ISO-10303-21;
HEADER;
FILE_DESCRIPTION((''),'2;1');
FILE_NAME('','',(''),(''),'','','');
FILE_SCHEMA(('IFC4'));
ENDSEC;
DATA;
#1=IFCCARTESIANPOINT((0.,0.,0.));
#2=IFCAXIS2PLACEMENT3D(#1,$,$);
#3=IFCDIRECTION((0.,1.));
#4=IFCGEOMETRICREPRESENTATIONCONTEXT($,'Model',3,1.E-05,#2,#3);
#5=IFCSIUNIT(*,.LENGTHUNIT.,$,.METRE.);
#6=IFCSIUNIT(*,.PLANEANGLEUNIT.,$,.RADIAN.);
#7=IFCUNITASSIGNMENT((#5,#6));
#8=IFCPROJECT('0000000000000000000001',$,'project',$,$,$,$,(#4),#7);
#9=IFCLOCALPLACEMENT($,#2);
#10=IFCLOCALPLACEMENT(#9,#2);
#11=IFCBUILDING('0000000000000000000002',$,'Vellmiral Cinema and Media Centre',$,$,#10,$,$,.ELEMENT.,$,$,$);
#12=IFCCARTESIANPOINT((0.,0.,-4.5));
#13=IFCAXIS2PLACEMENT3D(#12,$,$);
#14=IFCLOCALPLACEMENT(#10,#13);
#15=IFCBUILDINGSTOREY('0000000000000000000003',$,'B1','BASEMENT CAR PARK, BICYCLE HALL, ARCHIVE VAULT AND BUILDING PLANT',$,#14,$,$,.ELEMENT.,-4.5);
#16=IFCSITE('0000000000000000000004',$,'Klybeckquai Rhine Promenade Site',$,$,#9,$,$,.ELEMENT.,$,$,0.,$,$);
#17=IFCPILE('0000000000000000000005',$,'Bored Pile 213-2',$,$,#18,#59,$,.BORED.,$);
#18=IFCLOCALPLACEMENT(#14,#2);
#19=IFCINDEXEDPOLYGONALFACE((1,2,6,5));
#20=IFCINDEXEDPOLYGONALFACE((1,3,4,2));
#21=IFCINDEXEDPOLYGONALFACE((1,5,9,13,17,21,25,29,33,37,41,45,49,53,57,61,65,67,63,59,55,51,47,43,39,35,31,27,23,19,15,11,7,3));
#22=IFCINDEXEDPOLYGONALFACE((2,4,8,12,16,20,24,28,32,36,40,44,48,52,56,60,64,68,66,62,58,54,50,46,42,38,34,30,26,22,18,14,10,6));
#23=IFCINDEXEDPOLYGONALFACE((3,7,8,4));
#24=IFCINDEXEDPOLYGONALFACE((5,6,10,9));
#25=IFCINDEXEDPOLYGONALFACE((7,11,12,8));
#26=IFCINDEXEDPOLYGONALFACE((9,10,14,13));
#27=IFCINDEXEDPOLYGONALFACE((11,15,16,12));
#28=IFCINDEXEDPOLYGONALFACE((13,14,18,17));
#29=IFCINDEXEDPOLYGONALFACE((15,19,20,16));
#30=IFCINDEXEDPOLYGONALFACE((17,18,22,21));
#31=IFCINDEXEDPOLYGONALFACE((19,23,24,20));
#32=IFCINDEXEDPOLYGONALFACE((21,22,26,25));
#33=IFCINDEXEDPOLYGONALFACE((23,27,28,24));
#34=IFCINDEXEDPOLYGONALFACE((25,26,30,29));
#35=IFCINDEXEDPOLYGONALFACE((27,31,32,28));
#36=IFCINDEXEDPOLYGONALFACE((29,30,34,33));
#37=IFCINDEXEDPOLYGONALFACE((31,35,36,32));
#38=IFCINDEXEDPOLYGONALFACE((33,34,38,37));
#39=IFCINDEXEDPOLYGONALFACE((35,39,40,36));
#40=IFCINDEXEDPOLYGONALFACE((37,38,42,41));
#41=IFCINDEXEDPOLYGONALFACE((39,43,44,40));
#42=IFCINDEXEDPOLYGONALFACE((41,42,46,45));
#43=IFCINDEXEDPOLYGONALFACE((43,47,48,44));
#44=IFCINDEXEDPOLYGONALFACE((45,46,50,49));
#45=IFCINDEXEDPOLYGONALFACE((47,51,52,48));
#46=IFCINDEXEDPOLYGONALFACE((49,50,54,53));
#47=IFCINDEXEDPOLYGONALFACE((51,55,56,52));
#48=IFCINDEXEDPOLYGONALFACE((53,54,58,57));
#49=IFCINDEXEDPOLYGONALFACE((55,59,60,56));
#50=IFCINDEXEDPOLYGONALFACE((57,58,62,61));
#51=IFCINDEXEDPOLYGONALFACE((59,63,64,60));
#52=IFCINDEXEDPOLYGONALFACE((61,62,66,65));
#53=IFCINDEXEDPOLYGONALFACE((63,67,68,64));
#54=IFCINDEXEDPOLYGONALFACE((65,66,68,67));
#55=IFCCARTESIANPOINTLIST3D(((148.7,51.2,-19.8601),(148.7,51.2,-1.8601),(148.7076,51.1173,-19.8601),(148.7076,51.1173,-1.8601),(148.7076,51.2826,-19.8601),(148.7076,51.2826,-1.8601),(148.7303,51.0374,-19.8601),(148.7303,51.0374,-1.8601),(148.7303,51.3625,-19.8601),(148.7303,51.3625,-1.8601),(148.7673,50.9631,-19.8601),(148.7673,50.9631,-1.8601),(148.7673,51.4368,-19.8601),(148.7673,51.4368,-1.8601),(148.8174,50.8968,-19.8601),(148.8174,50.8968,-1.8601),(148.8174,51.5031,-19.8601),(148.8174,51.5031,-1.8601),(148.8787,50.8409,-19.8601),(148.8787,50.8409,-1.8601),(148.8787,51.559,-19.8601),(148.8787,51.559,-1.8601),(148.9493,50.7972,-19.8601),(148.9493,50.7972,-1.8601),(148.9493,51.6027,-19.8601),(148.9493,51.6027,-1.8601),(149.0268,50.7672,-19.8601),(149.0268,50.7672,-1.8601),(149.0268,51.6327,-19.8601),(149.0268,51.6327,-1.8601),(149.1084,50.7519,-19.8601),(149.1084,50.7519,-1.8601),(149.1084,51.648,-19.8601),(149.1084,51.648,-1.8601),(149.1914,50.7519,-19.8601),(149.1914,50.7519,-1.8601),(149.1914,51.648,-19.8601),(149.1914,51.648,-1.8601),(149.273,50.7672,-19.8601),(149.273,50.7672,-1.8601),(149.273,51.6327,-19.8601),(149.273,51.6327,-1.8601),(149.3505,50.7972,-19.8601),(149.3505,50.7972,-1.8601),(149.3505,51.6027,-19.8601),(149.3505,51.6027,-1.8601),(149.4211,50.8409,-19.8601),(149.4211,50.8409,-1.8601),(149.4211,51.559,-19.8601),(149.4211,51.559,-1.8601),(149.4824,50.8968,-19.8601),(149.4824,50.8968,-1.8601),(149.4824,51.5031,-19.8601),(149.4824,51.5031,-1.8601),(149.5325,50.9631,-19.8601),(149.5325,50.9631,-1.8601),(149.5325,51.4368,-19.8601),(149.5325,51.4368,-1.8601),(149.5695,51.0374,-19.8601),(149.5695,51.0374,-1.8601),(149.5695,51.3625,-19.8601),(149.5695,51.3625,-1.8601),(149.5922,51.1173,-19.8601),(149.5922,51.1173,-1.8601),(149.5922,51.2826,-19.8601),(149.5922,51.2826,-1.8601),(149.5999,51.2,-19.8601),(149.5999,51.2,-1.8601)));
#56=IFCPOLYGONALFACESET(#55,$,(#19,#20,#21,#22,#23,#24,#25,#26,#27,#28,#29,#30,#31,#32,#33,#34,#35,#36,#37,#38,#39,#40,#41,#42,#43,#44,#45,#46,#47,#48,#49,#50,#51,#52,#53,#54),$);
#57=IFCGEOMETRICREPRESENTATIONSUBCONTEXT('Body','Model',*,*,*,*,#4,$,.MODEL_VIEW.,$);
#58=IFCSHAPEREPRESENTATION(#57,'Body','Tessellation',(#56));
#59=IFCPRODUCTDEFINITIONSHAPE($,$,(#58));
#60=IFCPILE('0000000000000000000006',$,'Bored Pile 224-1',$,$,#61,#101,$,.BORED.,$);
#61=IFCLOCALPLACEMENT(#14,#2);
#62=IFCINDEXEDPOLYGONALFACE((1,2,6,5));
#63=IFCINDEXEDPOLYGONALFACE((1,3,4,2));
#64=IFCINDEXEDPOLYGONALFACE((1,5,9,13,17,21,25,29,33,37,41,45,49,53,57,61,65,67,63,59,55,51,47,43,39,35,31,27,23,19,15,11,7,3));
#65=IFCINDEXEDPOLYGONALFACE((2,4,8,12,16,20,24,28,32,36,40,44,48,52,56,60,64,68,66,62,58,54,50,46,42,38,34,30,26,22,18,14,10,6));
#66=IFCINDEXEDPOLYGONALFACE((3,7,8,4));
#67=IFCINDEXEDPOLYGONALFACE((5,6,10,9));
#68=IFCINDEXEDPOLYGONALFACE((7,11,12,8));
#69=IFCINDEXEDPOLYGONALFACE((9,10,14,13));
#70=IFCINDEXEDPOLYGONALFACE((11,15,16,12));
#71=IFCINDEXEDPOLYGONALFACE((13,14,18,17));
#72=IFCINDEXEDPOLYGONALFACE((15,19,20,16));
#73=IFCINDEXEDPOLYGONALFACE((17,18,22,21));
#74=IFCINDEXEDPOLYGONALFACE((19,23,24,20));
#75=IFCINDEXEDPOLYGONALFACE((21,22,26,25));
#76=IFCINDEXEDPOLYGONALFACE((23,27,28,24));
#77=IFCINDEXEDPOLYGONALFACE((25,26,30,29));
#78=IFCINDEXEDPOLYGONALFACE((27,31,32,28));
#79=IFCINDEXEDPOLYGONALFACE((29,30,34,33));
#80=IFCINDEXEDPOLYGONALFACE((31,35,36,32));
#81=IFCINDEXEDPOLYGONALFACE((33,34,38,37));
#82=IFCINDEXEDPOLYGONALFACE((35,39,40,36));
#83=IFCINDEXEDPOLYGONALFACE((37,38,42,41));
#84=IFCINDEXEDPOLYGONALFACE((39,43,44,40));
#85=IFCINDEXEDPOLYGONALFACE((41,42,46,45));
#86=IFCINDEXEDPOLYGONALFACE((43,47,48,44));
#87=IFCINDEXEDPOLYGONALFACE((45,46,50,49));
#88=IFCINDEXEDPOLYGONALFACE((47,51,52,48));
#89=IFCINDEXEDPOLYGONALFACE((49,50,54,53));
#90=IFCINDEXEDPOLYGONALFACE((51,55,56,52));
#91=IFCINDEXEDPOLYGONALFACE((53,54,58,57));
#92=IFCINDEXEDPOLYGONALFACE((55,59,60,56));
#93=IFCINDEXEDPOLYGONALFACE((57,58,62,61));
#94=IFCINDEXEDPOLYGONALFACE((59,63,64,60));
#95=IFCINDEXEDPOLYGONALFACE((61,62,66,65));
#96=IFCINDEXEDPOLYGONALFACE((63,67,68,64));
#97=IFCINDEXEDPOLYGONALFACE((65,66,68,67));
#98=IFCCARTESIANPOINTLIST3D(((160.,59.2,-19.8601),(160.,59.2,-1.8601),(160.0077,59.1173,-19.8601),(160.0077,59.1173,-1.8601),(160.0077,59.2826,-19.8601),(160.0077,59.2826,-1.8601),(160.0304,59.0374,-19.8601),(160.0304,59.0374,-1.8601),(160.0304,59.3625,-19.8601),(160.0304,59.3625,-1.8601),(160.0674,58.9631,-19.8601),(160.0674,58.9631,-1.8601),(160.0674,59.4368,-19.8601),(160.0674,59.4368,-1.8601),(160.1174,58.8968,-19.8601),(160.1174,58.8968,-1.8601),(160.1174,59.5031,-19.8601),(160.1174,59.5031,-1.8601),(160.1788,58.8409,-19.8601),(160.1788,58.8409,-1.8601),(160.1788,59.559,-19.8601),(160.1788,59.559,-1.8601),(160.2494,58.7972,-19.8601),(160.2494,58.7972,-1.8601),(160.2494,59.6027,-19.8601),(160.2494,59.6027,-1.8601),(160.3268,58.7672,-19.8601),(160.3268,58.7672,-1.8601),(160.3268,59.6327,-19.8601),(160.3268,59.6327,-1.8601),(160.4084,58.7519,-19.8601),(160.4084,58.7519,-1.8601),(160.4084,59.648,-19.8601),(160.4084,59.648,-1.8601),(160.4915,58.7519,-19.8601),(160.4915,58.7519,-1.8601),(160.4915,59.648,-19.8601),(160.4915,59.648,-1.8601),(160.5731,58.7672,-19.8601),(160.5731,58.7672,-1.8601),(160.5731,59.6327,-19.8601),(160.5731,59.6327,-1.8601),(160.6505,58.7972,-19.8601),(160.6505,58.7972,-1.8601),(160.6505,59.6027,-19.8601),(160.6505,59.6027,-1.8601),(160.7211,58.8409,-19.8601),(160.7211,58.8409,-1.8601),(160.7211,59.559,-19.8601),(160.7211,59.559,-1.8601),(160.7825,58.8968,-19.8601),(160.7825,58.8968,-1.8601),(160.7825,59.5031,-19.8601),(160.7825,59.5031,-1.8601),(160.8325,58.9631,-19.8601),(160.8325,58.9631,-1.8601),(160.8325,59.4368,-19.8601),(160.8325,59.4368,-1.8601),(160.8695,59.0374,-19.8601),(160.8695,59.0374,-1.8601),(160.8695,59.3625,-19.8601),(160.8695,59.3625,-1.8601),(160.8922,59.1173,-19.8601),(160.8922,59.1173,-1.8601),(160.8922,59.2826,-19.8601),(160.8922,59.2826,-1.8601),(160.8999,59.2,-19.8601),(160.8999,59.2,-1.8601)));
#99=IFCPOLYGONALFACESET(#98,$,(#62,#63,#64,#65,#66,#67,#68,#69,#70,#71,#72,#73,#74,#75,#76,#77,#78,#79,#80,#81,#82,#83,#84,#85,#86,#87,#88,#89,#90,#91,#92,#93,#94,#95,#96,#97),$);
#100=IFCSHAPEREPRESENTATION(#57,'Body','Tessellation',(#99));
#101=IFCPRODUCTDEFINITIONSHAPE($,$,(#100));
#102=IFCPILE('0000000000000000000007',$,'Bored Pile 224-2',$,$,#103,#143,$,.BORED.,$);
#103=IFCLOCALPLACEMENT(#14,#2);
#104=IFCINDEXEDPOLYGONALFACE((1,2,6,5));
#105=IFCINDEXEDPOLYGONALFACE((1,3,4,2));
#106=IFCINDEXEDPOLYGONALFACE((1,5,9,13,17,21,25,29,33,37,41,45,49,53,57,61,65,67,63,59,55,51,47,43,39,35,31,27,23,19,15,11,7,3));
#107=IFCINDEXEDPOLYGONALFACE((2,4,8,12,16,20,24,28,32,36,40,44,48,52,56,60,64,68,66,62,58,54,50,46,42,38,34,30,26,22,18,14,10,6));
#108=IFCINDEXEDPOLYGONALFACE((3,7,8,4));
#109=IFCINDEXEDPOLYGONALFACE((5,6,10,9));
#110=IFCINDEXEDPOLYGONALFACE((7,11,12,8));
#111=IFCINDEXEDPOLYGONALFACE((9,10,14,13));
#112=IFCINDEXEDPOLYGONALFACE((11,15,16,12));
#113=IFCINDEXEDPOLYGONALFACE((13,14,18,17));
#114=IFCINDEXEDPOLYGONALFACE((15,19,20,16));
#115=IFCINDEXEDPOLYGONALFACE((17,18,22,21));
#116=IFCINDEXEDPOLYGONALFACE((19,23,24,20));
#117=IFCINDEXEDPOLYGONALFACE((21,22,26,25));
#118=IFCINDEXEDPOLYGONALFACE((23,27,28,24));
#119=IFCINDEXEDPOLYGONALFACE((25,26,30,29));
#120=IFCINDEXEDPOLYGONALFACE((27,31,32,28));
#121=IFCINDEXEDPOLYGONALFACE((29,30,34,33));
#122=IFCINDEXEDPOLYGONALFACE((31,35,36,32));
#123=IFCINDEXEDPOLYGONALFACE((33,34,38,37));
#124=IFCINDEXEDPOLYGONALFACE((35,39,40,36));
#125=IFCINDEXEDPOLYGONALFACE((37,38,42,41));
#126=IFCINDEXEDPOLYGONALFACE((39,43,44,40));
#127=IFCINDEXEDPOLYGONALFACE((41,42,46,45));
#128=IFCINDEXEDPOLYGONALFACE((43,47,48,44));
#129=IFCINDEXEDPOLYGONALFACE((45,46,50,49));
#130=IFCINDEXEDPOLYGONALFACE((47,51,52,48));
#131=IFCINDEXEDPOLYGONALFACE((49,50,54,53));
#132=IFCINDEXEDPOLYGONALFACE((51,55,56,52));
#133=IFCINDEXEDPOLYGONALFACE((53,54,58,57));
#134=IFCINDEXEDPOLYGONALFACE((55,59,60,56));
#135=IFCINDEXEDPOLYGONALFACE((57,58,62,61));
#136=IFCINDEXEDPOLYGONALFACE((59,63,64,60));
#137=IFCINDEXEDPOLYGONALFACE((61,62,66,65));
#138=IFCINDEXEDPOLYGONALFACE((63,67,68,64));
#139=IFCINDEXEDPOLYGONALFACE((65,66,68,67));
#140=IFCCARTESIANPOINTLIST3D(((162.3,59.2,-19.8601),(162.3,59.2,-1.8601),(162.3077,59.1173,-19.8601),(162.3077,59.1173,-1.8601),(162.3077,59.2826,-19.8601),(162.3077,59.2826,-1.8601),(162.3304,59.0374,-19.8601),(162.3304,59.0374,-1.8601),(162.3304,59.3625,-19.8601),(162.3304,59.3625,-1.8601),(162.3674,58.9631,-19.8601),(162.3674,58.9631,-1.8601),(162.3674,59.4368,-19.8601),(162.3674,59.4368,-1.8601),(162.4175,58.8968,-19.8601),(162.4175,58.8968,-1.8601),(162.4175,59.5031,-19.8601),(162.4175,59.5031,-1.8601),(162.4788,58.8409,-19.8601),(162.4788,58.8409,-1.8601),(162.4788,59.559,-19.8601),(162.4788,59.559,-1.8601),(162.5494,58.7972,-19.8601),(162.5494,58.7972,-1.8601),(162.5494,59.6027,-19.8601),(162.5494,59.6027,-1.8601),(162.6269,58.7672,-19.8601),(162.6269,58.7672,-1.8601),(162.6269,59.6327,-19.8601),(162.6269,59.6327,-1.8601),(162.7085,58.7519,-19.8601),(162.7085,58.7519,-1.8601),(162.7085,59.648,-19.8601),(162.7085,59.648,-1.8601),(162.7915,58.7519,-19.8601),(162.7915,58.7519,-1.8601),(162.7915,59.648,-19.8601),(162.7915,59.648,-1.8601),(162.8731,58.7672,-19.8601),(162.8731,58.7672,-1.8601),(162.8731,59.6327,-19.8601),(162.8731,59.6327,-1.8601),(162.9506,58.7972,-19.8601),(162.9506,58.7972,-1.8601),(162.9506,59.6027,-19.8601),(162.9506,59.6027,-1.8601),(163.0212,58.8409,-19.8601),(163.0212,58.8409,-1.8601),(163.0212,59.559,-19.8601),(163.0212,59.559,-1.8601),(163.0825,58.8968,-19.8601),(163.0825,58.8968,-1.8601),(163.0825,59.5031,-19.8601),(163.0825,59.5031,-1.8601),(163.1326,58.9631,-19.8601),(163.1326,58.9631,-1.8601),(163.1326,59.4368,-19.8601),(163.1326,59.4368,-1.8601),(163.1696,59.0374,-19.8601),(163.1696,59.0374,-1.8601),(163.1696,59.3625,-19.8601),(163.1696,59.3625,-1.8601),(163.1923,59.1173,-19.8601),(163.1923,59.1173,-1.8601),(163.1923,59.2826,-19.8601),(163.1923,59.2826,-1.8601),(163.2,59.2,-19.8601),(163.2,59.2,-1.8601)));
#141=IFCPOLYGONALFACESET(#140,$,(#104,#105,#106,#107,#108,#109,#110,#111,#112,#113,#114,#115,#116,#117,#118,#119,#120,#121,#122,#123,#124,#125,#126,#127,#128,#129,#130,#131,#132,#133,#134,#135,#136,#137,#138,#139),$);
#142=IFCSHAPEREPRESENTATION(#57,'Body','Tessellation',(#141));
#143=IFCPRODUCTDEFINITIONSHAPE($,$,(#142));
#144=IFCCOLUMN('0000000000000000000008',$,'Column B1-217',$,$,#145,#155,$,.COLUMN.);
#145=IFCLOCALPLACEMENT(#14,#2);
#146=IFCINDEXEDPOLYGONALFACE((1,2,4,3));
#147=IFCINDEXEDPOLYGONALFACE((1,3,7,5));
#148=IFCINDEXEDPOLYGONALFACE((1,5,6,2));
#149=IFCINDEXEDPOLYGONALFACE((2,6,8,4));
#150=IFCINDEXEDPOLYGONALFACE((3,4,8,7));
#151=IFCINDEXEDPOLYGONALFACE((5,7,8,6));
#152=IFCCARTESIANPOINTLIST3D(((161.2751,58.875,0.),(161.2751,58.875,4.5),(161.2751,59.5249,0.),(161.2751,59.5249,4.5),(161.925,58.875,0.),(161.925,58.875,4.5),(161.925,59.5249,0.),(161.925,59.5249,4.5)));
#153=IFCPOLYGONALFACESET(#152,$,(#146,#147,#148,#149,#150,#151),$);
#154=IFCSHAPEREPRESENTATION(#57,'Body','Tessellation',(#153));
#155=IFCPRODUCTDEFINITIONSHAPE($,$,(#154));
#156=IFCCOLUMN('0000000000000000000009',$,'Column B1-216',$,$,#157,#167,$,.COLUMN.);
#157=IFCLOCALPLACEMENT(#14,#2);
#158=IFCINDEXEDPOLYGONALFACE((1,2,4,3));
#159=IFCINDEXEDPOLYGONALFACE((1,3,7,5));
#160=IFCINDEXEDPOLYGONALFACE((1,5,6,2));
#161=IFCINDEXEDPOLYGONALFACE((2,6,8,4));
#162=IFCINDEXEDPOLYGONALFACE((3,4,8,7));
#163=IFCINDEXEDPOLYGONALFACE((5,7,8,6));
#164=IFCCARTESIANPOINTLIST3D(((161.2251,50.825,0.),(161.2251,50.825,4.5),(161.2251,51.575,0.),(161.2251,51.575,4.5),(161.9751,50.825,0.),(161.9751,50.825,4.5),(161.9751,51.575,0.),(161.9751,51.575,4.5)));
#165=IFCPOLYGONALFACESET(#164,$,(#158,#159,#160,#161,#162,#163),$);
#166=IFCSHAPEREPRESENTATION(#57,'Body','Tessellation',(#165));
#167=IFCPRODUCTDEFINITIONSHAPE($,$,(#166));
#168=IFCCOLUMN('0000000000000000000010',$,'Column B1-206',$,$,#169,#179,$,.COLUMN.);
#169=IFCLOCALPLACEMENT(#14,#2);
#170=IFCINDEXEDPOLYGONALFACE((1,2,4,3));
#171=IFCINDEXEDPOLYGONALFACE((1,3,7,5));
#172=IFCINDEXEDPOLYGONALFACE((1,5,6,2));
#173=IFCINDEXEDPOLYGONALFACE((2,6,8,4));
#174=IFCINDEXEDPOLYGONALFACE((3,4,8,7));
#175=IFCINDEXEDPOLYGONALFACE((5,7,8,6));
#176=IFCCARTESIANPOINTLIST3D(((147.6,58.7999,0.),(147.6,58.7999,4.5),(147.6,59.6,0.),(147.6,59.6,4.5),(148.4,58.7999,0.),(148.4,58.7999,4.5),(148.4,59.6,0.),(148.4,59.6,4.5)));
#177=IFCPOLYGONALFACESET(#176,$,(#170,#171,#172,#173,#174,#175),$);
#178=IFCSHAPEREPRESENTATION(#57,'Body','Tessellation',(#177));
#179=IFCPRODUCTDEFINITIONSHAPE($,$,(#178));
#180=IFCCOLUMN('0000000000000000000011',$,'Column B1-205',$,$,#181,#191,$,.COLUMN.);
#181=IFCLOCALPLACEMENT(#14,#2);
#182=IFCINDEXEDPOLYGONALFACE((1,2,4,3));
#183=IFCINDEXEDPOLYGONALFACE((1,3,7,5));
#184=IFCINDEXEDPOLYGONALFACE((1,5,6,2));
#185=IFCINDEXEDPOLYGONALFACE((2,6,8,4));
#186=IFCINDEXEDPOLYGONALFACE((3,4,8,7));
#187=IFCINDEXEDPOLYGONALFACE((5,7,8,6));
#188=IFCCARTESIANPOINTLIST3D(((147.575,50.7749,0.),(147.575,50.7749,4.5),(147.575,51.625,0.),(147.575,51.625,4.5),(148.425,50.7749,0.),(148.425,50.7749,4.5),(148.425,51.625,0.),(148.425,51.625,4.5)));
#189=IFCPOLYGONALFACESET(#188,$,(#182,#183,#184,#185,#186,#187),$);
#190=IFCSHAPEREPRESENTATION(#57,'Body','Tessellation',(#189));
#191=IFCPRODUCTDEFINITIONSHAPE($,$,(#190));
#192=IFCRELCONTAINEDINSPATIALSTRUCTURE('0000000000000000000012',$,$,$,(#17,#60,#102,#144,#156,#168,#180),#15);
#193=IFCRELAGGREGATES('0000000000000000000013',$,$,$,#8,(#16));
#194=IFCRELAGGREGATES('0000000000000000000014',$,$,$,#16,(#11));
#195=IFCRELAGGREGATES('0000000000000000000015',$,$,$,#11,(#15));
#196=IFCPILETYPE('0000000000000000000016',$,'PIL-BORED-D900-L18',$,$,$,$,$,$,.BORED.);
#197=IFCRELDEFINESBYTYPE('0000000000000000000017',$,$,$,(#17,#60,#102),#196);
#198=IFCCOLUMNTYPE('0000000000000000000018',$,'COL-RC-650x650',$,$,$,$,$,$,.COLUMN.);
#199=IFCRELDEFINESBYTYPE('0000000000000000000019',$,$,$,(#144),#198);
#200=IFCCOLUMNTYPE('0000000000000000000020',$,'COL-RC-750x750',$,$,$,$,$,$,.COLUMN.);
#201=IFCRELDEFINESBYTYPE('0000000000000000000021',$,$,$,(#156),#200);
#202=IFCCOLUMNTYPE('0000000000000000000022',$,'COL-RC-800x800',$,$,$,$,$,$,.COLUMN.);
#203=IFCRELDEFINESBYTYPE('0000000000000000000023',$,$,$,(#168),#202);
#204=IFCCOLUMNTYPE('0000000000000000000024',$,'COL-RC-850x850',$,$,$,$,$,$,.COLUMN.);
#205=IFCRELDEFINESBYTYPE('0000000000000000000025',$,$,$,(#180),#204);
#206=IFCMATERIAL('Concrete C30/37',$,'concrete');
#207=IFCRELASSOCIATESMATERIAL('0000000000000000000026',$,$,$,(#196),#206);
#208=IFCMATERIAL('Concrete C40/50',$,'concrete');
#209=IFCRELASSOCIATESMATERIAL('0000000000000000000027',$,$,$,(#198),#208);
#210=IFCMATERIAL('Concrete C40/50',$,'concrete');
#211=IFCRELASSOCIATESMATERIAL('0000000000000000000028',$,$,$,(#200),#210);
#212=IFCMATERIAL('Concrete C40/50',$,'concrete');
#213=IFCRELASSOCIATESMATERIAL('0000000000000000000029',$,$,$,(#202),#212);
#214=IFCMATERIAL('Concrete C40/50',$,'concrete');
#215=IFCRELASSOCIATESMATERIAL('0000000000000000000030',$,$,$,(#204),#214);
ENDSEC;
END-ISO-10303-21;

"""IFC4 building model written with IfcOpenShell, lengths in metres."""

from ifc_helpers import new_model, si_unit, direction, frame, origin, origin_2d, place, context, subcontext, project, spatial, rectangle, circle, extrude, material, material_profile, profile_set, type_object, element, save


model = new_model("IFC4")

# Units and contexts
model_context = context("Model", 3, precision=1e-05, world=origin(), true_north=direction((0.0, 1.0)))
body_context = subcontext(model_context, "Body", "Model", "MODEL_VIEW")
ifc_project = project(units=[si_unit("LENGTHUNIT", "METRE"), si_unit("PLANEANGLEUNIT", "RADIAN")], contexts=[model_context])

# Site, building, storey
site_placement = place(None, origin())
site = spatial("IfcSite", under=ifc_project, at=site_placement, Name="Klybeckquai Rhine Promenade Site", CompositionType="ELEMENT", RefElevation=0.0)
building_placement = place(site_placement, origin())
building = spatial("IfcBuilding", under=site, at=building_placement, Name="Vellmiral Cinema and Media Centre", CompositionType="ELEMENT")
storey_placement = place(building_placement, frame((0.0, 0.0, -4.5)))
storey = spatial("IfcBuildingStorey", under=building, at=storey_placement, Name="B1", Description="BASEMENT CAR PARK, BICYCLE HALL, ARCHIVE VAULT AND BUILDING PLANT", CompositionType="ELEMENT", Elevation=-4.5)

# Piles
ifc_material_1 = material(Name="Concrete C30/37", Category="concrete")
ifc_material_profile_1 = material_profile(ifc_material_1, circle(Radius=0.45, at=origin_2d()), Name="PILE D900")
ifc_profile_set_1 = profile_set([ifc_material_profile_1], Name="Concrete C30/37")
pile_type_1 = type_object("IfcPileType", Name="PIL-BORED-D900-L18", PredefinedType="BORED", material=ifc_profile_set_1)
for number, where, z_axis, x_axis, name in (
    (1, (149.1499, 51.2, -1.8601), (0.0, 0.0, -1.0), (1.0, 0.0, 0.0), "Bored Pile 213-2"),
    (2, (160.45, 59.2, -1.8601), (0.0, 0.0, -1.0), (1.0, 0.0, 0.0), "Bored Pile 224-1"),
    (3, (162.75, 59.2, -1.8601), (0.0, 0.0, -1.0), (1.0, 0.0, 0.0), "Bored Pile 224-2"),
):
    element("IfcPile", number, at=place(storey_placement, frame(where, z_axis=z_axis, x_axis=x_axis)), inside=storey, type_object=pile_type_1, Name=name, PredefinedType="BORED", context=body_context, shape_type="SweptSolid", body=[
        extrude(circle(Radius=0.45, at=origin_2d()), origin(), (0.0, 0.0, 1.0), 18.0),
    ])

# Columns
ifc_material_2 = material(Name="Concrete C40/50", Category="concrete")
ifc_material_profile_2 = material_profile(ifc_material_2, rectangle(XDim=0.6499, YDim=0.6499, at=origin_2d()), Name="RC 650x650")
ifc_profile_set_2 = profile_set([ifc_material_profile_2], Name="Concrete C40/50")
column_type_1 = type_object("IfcColumnType", Name="COL-RC-650x650", PredefinedType="COLUMN", material=ifc_profile_set_2)
column_1_placement = place(storey_placement, frame((161.6001, 59.2, 0.0), z_axis=(0.0, 0.0, 1.0), x_axis=(1.0, 0.0, 0.0)))
element("IfcColumn", 4, at=column_1_placement, inside=storey, type_object=column_type_1, Name="Column B1-217", PredefinedType="COLUMN", context=body_context, shape_type="SweptSolid", body=[
    extrude(rectangle(XDim=0.6499, YDim=0.6499, at=origin_2d()), origin(), (0.0, 0.0, 1.0), 4.5),
])
ifc_material_3 = material(Name="Concrete C40/50", Category="concrete")
ifc_material_profile_3 = material_profile(ifc_material_3, rectangle(XDim=0.75, YDim=0.75, at=origin_2d()), Name="RC 750x750")
ifc_profile_set_3 = profile_set([ifc_material_profile_3], Name="Concrete C40/50")
column_type_2 = type_object("IfcColumnType", Name="COL-RC-750x750", PredefinedType="COLUMN", material=ifc_profile_set_3)
column_2_placement = place(storey_placement, frame((161.6001, 51.2, 0.0), z_axis=(0.0, 0.0, 1.0), x_axis=(1.0, 0.0, 0.0)))
element("IfcColumn", 5, at=column_2_placement, inside=storey, type_object=column_type_2, Name="Column B1-216", PredefinedType="COLUMN", context=body_context, shape_type="SweptSolid", body=[
    extrude(rectangle(XDim=0.75, YDim=0.75, at=origin_2d()), origin(), (0.0, 0.0, 1.0), 4.5),
])
ifc_material_4 = material(Name="Concrete C40/50", Category="concrete")
ifc_material_profile_4 = material_profile(ifc_material_4, rectangle(XDim=0.8, YDim=0.8, at=origin_2d()), Name="RC 800x800")
ifc_profile_set_4 = profile_set([ifc_material_profile_4], Name="Concrete C40/50")
column_type_3 = type_object("IfcColumnType", Name="COL-RC-800x800", PredefinedType="COLUMN", material=ifc_profile_set_4)
column_3_placement = place(storey_placement, frame((148.0, 59.2, 0.0), z_axis=(0.0, 0.0, 1.0), x_axis=(1.0, 0.0, 0.0)))
element("IfcColumn", 6, at=column_3_placement, inside=storey, type_object=column_type_3, Name="Column B1-206", PredefinedType="COLUMN", context=body_context, shape_type="SweptSolid", body=[
    extrude(rectangle(XDim=0.8, YDim=0.8, at=origin_2d()), origin(), (0.0, 0.0, 1.0), 4.5),
])
ifc_material_5 = material(Name="Concrete C40/50", Category="concrete")
ifc_material_profile_5 = material_profile(ifc_material_5, rectangle(XDim=0.8501, YDim=0.8501, at=origin_2d()), Name="RC 850x850")
ifc_profile_set_5 = profile_set([ifc_material_profile_5], Name="Concrete C40/50")
column_type_4 = type_object("IfcColumnType", Name="COL-RC-850x850", PredefinedType="COLUMN", material=ifc_profile_set_5)
column_4_placement = place(storey_placement, frame((148.0, 51.2, 0.0), z_axis=(0.0, 0.0, 1.0), x_axis=(1.0, 0.0, 0.0)))
element("IfcColumn", 7, at=column_4_placement, inside=storey, type_object=column_type_4, Name="Column B1-205", PredefinedType="COLUMN", context=body_context, shape_type="SweptSolid", body=[
    extrude(rectangle(XDim=0.8501, YDim=0.8501, at=origin_2d()), origin(), (0.0, 0.0, 1.0), 4.5),
])

save(model, "model.ifc")
